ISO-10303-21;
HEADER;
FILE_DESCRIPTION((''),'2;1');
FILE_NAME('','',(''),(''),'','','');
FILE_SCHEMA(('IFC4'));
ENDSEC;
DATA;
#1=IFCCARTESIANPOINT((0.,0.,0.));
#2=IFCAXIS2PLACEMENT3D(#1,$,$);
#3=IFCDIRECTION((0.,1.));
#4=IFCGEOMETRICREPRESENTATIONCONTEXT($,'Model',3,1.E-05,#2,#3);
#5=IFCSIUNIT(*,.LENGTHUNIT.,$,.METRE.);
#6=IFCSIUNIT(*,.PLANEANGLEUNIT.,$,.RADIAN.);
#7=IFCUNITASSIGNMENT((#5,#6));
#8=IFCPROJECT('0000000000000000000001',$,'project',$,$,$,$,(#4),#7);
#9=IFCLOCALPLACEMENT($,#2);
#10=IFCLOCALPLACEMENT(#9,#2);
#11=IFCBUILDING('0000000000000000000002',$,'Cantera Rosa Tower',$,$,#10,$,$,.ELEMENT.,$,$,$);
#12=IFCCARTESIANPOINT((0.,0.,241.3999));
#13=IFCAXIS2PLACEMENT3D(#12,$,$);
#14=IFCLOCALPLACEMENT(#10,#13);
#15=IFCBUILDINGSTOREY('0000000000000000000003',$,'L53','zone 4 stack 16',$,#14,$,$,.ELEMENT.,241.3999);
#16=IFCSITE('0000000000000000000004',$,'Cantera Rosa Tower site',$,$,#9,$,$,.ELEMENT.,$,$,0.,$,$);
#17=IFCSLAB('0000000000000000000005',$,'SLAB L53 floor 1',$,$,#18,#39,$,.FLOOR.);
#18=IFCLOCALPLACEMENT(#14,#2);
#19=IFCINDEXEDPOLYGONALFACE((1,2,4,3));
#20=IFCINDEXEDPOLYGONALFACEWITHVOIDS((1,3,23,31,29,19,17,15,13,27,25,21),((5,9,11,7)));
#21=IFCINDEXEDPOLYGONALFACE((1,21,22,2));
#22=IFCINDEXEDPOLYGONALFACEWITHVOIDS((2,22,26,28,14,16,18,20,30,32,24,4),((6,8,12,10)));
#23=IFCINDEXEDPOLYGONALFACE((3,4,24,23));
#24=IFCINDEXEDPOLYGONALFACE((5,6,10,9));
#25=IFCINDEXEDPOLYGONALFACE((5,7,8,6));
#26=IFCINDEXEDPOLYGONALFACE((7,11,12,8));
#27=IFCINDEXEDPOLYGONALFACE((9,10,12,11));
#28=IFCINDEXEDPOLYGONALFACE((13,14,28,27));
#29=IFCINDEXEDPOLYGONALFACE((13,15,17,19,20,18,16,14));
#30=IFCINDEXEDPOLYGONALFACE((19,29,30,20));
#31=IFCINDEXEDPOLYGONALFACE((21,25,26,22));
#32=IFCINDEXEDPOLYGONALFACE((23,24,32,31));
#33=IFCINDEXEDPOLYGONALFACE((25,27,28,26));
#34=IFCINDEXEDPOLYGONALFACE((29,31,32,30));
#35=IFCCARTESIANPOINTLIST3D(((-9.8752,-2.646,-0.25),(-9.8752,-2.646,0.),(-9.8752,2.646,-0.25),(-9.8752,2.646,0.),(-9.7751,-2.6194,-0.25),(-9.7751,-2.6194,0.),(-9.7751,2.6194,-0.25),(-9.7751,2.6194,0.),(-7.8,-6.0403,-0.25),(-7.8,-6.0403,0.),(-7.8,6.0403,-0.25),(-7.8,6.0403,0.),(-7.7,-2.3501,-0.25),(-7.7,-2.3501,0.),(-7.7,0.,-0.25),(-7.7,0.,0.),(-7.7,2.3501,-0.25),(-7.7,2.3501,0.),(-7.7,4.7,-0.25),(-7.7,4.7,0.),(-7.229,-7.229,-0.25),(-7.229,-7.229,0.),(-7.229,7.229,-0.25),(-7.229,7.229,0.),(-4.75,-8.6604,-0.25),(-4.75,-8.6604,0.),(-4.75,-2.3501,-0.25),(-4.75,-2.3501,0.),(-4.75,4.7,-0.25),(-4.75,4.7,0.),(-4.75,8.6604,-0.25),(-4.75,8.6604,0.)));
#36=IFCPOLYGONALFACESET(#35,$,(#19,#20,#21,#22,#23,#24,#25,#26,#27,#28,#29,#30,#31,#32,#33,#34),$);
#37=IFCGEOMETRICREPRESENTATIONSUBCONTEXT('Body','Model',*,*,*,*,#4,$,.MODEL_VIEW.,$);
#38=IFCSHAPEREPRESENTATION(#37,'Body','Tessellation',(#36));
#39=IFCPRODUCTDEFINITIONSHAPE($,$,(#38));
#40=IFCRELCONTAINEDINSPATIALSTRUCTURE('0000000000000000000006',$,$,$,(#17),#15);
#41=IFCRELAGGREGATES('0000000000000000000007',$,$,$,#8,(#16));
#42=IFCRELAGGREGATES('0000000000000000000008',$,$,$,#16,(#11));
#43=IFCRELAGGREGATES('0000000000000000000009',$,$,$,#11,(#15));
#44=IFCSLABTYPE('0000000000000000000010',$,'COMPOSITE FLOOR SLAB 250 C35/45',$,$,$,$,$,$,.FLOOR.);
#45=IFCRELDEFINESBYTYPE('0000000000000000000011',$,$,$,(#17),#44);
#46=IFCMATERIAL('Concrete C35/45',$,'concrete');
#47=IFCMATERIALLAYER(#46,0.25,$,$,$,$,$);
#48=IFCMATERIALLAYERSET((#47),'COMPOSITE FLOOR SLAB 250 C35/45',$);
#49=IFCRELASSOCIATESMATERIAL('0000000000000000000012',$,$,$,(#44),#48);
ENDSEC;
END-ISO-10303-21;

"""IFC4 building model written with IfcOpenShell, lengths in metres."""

from ifc_helpers import new_model, si_unit, direction, frame, origin, place, context, subcontext, project, spatial, polyline, outline, extrude, material, layer, layer_set, type_object, element, save


model = new_model("IFC4")

# Units and contexts
model_context = context("Model", 3, precision=1e-05, world=origin(), true_north=direction((0.0, 1.0)))
body_context = subcontext(model_context, "Body", "Model", "MODEL_VIEW")
ifc_project = project(units=[si_unit("LENGTHUNIT", "METRE"), si_unit("PLANEANGLEUNIT", "RADIAN")], contexts=[model_context])

# Site, building, storey
site_placement = place(None, origin())
site = spatial("IfcSite", under=ifc_project, at=site_placement, Name="Cantera Rosa Tower site", CompositionType="ELEMENT", RefElevation=0.0)
building_placement = place(site_placement, origin())
building = spatial("IfcBuilding", under=site, at=building_placement, Name="Cantera Rosa Tower", CompositionType="ELEMENT")
storey_placement = place(building_placement, frame((0.0, 0.0, 241.3999)))
storey = spatial("IfcBuildingStorey", under=building, at=storey_placement, Name="L53", Description="zone 4 stack 16", CompositionType="ELEMENT", Elevation=241.3999)

# Slab
ifc_material_1 = material(Name="Concrete C35/45", Category="concrete")
ifc_layer_1 = layer(ifc_material_1, 0.25)
ifc_layer_set_1 = layer_set([ifc_layer_1], Name="COMPOSITE FLOOR SLAB 250 C35/45")
slab_type_1 = type_object("IfcSlabType", Name="COMPOSITE FLOOR SLAB 250 C35/45", PredefinedType="FLOOR", material=ifc_layer_set_1)
slab_1_placement = place(storey_placement, frame((0.0, 0.0, -0.25)))
element("IfcSlab", 1, at=slab_1_placement, inside=storey, type_object=slab_type_1, Name="SLAB L53 floor 1", PredefinedType="FLOOR", context=body_context, shape_type="SweptSolid", body=[
    extrude(outline(polyline([(-4.75, -2.3501), (-4.75, -8.6604), (-7.229, -7.229), (-9.8752, -2.646), (-9.8752, 2.646), (-7.229, 7.229), (-4.75, 8.6604), (-4.75, 4.7), (-7.7, 4.7), (-7.7, 2.3501), (-7.7, 0.0), (-7.7, -2.3501), (-4.75, -2.3501)]), holes=[polyline([(-7.8, 6.0403), (-9.7751, 2.6194), (-9.7751, -2.6194), (-7.8, -6.0403), (-7.8, 6.0403)])]), origin(), (0.0, 0.0, 1.0), 0.25),
])

save(model, "model.ifc")
